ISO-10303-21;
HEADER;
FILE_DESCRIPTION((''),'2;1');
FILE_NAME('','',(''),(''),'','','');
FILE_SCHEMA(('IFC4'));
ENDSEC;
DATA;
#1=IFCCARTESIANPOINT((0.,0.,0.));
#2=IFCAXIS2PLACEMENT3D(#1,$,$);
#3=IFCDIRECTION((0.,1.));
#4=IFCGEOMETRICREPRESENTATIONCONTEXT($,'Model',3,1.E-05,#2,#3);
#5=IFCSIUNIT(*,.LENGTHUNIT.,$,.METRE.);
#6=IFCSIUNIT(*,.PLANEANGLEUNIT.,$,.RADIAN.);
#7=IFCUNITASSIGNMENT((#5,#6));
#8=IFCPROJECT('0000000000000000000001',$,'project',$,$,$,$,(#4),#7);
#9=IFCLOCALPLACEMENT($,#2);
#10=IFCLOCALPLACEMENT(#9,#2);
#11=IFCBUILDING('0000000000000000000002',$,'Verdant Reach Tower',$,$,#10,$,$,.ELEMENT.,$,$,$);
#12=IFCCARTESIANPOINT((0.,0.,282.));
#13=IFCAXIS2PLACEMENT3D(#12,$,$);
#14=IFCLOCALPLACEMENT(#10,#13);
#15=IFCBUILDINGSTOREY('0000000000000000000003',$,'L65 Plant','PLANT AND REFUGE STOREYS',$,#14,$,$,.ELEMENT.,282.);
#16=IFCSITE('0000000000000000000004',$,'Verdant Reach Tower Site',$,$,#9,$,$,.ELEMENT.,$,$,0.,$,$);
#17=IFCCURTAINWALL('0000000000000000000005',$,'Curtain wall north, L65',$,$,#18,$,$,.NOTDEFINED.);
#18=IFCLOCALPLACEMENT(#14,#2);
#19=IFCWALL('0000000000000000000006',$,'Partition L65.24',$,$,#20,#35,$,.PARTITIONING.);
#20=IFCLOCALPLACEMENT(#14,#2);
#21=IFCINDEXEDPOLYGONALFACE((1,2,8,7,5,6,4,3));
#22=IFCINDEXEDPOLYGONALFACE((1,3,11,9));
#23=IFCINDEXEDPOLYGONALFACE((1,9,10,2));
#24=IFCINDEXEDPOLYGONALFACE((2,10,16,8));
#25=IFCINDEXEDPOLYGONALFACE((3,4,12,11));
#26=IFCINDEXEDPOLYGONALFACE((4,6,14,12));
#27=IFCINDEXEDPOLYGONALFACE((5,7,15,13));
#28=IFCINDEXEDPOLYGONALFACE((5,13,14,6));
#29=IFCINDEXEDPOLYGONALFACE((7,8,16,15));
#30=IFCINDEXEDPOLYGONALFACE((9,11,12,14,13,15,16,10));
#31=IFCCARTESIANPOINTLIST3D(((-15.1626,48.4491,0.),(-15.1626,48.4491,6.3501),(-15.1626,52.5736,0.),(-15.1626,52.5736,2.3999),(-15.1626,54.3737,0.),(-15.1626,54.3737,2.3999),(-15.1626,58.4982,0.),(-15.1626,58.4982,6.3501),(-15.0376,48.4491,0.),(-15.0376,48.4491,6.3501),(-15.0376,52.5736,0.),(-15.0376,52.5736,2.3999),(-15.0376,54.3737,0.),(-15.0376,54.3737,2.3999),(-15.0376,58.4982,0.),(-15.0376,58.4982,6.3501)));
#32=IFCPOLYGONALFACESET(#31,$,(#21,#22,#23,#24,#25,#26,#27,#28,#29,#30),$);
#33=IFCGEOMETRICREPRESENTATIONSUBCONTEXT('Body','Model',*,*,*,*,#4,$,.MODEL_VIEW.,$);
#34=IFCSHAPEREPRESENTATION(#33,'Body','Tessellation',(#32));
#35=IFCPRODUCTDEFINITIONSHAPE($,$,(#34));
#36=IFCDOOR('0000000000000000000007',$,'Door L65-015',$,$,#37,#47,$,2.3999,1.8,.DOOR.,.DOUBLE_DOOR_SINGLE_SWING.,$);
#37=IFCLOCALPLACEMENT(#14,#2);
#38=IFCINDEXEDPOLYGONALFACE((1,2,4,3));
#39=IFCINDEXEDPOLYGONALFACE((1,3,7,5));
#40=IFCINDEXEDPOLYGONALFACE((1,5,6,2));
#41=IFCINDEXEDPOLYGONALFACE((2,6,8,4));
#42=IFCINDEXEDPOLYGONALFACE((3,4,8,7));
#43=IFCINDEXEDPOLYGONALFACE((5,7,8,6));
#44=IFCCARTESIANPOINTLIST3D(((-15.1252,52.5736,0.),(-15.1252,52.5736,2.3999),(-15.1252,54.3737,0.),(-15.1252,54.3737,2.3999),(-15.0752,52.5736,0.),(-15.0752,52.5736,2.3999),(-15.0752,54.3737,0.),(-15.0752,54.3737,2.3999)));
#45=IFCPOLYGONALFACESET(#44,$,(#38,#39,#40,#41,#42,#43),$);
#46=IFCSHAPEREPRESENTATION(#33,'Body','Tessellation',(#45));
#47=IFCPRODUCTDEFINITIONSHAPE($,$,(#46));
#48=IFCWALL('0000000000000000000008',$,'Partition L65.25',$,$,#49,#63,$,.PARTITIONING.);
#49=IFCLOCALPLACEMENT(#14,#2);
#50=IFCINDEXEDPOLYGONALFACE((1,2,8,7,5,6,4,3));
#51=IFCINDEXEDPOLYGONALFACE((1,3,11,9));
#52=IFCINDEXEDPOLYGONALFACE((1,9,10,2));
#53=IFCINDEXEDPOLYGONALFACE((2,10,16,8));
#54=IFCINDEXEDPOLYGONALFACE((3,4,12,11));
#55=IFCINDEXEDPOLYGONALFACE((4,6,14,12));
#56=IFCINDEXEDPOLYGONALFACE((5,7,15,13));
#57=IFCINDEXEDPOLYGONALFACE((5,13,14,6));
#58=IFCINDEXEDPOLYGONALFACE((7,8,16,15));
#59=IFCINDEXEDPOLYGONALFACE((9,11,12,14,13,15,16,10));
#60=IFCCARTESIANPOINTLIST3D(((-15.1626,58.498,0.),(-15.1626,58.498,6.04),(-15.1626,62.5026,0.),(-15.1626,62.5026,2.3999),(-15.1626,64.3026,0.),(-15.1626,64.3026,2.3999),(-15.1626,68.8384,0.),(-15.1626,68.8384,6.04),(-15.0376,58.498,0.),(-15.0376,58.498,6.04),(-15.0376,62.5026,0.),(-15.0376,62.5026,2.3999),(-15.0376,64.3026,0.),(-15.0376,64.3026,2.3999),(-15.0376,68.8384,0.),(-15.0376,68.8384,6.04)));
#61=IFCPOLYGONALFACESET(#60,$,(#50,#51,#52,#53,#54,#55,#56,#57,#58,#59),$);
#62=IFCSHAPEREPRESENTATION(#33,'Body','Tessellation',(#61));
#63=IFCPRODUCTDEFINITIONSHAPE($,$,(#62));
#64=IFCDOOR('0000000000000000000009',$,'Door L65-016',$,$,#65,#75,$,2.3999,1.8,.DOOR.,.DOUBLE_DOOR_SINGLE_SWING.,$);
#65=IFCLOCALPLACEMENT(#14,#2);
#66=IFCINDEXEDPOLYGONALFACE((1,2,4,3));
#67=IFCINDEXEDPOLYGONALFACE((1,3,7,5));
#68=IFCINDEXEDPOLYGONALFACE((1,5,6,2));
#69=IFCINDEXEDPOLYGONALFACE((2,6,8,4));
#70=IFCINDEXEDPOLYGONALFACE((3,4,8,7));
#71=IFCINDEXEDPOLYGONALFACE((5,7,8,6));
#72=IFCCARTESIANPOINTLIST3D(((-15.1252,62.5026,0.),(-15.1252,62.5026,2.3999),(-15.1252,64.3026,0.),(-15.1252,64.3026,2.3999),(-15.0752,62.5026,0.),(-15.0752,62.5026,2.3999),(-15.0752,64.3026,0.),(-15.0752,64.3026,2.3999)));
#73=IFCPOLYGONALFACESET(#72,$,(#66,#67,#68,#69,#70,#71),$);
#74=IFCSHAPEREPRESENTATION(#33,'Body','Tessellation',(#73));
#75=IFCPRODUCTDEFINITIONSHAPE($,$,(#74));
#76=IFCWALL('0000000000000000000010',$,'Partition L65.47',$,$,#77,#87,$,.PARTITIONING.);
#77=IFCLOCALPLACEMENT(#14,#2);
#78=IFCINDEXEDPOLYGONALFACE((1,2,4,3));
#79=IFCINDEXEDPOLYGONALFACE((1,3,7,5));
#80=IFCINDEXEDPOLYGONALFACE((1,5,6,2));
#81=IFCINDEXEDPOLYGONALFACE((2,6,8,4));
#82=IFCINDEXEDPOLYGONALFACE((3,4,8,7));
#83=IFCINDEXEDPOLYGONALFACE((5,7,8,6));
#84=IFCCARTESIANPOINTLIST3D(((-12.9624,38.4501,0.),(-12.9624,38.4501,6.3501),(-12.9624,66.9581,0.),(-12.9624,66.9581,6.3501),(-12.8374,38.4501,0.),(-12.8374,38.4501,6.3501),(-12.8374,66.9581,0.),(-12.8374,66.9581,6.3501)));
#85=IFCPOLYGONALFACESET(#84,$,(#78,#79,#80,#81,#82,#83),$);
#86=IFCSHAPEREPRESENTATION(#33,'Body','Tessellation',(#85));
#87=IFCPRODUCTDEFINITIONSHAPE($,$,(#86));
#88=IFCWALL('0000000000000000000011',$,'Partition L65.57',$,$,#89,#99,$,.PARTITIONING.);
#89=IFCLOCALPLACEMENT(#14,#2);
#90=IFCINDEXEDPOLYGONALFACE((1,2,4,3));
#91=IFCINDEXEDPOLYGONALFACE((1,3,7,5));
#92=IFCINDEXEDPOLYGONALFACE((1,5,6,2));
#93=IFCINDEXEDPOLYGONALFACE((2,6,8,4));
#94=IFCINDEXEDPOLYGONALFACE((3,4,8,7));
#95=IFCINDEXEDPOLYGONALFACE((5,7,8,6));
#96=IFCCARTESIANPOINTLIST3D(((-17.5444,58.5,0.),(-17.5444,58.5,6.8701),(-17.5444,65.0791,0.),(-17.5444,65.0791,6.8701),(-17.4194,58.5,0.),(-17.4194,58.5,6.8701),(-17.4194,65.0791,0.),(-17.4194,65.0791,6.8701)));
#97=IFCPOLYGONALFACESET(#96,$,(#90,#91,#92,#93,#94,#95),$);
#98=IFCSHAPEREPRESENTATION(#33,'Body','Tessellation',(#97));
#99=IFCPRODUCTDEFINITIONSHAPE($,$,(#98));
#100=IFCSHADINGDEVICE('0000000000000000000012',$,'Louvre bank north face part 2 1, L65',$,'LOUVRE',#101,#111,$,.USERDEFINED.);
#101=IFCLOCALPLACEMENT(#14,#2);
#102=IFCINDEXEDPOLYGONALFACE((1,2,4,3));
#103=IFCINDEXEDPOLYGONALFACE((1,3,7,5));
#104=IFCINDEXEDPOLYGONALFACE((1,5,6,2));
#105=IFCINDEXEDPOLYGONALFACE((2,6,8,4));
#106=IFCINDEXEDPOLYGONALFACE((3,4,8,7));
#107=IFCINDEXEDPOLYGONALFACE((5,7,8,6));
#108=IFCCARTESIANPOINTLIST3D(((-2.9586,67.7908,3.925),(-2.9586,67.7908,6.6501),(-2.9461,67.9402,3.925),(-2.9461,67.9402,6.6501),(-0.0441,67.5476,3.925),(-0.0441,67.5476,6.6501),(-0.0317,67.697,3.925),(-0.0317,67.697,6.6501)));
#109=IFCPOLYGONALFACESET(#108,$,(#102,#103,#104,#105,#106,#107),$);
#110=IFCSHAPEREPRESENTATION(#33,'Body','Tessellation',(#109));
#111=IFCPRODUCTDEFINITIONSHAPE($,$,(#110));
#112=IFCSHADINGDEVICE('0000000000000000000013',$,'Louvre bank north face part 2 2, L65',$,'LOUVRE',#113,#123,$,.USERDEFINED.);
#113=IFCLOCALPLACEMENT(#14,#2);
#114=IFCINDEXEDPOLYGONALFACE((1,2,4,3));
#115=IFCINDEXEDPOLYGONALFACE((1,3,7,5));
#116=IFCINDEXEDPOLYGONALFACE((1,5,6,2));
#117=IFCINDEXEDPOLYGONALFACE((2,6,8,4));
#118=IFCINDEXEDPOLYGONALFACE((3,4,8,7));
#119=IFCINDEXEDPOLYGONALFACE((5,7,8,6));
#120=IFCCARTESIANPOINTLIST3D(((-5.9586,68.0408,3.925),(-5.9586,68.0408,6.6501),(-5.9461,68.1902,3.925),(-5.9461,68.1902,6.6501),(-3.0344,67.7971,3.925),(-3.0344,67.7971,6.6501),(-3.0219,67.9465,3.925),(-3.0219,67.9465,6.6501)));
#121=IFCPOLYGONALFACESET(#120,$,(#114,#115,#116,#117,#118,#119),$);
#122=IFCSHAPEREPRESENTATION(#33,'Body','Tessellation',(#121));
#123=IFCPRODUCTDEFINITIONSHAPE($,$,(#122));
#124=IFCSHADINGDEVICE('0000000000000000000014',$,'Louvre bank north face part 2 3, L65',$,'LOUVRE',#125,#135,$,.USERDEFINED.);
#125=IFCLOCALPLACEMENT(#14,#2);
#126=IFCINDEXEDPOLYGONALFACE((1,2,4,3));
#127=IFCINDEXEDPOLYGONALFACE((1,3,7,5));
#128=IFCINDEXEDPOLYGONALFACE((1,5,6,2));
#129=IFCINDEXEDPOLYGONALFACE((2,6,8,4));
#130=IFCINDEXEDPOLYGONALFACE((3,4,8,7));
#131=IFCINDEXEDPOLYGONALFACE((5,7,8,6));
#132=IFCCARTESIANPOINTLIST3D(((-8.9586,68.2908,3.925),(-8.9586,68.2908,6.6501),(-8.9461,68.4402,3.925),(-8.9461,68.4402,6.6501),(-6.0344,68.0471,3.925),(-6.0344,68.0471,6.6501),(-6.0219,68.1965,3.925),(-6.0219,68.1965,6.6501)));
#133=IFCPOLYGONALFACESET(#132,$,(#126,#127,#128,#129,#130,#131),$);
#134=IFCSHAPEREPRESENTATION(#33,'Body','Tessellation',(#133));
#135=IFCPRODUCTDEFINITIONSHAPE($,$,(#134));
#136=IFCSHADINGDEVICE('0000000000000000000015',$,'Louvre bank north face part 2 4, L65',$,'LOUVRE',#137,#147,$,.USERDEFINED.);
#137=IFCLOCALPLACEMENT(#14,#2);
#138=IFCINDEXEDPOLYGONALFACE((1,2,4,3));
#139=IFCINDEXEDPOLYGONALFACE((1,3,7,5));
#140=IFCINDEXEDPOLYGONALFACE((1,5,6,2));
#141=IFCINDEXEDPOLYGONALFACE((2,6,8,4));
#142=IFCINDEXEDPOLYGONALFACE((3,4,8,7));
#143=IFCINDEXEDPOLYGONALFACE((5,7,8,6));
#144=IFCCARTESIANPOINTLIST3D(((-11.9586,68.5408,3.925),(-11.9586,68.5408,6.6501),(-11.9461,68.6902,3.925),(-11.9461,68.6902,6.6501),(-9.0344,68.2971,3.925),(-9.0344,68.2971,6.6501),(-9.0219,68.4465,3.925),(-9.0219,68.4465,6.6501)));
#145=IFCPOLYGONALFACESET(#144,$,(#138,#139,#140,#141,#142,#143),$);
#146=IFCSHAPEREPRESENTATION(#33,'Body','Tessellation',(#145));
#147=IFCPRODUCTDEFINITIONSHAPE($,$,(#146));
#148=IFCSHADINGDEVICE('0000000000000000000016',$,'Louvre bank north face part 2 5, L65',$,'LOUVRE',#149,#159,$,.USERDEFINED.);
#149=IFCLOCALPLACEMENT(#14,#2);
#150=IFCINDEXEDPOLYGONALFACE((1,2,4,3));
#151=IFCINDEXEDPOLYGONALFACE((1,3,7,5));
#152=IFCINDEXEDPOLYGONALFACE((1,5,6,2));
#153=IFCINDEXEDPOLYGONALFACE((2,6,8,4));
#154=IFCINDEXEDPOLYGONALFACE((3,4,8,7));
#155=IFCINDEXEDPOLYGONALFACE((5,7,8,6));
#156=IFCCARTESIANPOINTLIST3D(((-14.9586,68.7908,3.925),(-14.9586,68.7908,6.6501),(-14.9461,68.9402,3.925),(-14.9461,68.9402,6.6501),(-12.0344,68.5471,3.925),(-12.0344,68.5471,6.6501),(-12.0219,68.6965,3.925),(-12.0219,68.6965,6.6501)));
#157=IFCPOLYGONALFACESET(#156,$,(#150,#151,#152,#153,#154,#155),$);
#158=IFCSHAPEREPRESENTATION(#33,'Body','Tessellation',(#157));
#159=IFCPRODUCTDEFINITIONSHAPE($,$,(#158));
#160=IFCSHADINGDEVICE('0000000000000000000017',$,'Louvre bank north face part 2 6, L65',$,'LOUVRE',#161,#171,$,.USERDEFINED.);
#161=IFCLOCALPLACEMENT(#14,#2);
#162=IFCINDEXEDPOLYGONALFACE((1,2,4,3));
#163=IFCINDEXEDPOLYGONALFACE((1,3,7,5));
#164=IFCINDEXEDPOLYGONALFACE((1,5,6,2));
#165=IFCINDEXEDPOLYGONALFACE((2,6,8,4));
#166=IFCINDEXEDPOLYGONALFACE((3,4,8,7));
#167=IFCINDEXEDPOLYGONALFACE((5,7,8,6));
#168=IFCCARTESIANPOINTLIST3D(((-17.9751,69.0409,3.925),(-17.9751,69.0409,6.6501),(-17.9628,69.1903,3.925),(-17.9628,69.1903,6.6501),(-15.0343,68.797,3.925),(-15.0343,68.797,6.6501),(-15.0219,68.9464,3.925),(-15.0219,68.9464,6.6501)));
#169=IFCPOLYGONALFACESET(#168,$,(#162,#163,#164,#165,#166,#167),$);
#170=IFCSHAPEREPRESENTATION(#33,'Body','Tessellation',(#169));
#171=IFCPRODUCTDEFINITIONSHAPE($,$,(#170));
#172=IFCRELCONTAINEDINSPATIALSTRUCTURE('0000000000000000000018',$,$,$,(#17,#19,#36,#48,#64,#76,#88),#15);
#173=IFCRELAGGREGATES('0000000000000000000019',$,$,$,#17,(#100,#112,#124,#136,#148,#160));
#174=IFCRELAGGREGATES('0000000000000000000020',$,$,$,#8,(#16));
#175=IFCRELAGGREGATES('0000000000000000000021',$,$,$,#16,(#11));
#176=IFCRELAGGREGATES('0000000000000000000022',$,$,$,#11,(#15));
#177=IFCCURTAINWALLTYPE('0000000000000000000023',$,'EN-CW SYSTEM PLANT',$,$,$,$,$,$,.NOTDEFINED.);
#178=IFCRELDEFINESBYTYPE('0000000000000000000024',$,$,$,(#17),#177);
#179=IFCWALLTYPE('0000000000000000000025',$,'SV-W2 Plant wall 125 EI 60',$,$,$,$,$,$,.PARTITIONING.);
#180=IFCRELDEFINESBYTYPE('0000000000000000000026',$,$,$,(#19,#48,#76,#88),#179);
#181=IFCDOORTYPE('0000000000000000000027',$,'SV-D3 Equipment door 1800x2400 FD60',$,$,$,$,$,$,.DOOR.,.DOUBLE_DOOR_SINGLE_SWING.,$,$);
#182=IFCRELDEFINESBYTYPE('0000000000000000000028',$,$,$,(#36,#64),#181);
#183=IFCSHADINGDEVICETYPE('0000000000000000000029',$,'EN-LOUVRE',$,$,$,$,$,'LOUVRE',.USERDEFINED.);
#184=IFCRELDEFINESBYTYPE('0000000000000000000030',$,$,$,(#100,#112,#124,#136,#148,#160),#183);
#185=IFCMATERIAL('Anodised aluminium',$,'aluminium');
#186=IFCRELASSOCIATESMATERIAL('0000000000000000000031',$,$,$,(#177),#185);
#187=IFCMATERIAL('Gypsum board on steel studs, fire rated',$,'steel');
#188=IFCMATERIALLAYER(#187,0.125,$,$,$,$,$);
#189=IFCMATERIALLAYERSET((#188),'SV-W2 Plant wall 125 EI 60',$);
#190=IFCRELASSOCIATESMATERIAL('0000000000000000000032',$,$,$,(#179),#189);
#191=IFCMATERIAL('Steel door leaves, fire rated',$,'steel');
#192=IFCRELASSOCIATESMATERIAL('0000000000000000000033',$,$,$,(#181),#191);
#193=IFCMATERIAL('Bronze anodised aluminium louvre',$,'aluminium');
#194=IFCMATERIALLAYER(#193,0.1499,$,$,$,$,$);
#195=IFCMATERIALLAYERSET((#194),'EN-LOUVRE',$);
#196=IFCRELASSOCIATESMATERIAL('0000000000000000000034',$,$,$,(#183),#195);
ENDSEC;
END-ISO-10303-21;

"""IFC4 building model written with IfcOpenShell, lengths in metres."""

from ifc_helpers import new_model, si_unit, direction, frame, frame_2d, origin, origin_2d, place, context, subcontext, project, spatial, rectangle, extrude, material, layer, layer_set, type_object, element, fill, aggregate, save


model = new_model("IFC4")

# Units and contexts
model_context = context("Model", 3, precision=1e-05, world=origin(), true_north=direction((0.0, 1.0)))
body_context = subcontext(model_context, "Body", "Model", "MODEL_VIEW")
ifc_project = project(units=[si_unit("LENGTHUNIT", "METRE"), si_unit("PLANEANGLEUNIT", "RADIAN")], contexts=[model_context])

# Site, building, storey
site_placement = place(None, origin())
site = spatial("IfcSite", under=ifc_project, at=site_placement, Name="Verdant Reach Tower Site", CompositionType="ELEMENT", RefElevation=0.0)
building_placement = place(site_placement, origin())
building = spatial("IfcBuilding", under=site, at=building_placement, Name="Verdant Reach Tower", CompositionType="ELEMENT")
storey_placement = place(building_placement, frame((0.0, 0.0, 282.0)))
storey = spatial("IfcBuildingStorey", under=building, at=storey_placement, Name="L65 Plant", Description="PLANT AND REFUGE STOREYS", CompositionType="ELEMENT", Elevation=282.0)

# Curtain wall
ifc_material_1 = material(Name="Anodised aluminium", Category="aluminium")
curtain_wall_type = type_object("IfcCurtainWallType", Name="EN-CW SYSTEM PLANT", PredefinedType="NOTDEFINED", material=ifc_material_1)
curtain_wall_placement = place(storey_placement, origin())
curtain_wall = element("IfcCurtainWall", 1, at=curtain_wall_placement, inside=storey, type_object=curtain_wall_type, Name="Curtain wall north, L65", PredefinedType="NOTDEFINED")

# Walls, openings, doors
ifc_material_2 = material(Name="Gypsum board on steel studs, fire rated", Category="steel")
ifc_layer_1 = layer(ifc_material_2, 0.125)
ifc_layer_set_1 = layer_set([ifc_layer_1], Name="SV-W2 Plant wall 125 EI 60")
wall_type = type_object("IfcWallType", Name="SV-W2 Plant wall 125 EI 60", PredefinedType="PARTITIONING", material=ifc_layer_set_1)
wall_1_placement = place(storey_placement, frame((-15.1001, 58.498, 0.0), z_axis=(0.0, 0.0, 1.0), x_axis=(0.0, -1.0, 0.0)))
wall_1 = element("IfcWall", 2, at=wall_1_placement, inside=storey, type_object=wall_type, Name="Partition L65.24", PredefinedType="PARTITIONING", context=body_context, shape_type="SweptSolid", body=[
    extrude(rectangle(XDim=10.0491, YDim=0.125, at=frame_2d((5.0244, 0.0))), origin(), (0.0, 0.0, 1.0), 6.3501),
])
opening_1_placement = place(wall_1_placement, frame((4.1245, 0.0, 0.0)))
opening_1 = element("IfcOpeningElement", 3, at=opening_1_placement, cuts=wall_1, PredefinedType="OPENING", context=body_context, shape_type="SweptSolid", body=[
    extrude(rectangle(XDim=1.8, YDim=2.3999, at=frame_2d((0.8999, 1.2))), frame((0.0, 0.0725, 0.0), z_axis=(0.0, -1.0, 0.0), x_axis=(1.0, 0.0, 0.0)), (0.0, 0.0, 1.0), 0.145),
])
ifc_material_3 = material(Name="Steel door leaves, fire rated", Category="steel")
door_type = type_object("IfcDoorType", Name="SV-D3 Equipment door 1800x2400 FD60", OperationType="DOUBLE_DOOR_SINGLE_SWING", PredefinedType="DOOR", material=ifc_material_3)
door_1_placement = place(opening_1_placement, origin())
door_1 = element("IfcDoor", 4, at=door_1_placement, inside=storey, type_object=door_type, Name="Door L65-015", OperationType="DOUBLE_DOOR_SINGLE_SWING", OverallHeight=2.3999, OverallWidth=1.8, PredefinedType="DOOR", context=body_context, shape_type="SweptSolid", body=[
    extrude(rectangle(XDim=1.8, YDim=2.3999, at=frame_2d((0.8999, 1.2))), frame((0.0, 0.0249, 0.0), z_axis=(0.0, -1.0, 0.0), x_axis=(1.0, 0.0, 0.0)), (0.0, 0.0, 1.0), 0.05),
])
fill(opening_1, door_1)
wall_2_placement = place(storey_placement, frame((-15.1001, 68.8384, 0.0), z_axis=(0.0, 0.0, 1.0), x_axis=(0.0, -1.0, 0.0)))
wall_2 = element("IfcWall", 5, at=wall_2_placement, inside=storey, type_object=wall_type, Name="Partition L65.25", PredefinedType="PARTITIONING", context=body_context, shape_type="SweptSolid", body=[
    extrude(rectangle(XDim=10.3403, YDim=0.125, at=frame_2d((5.1702, 0.0))), origin(), (0.0, 0.0, 1.0), 6.04),
])
opening_2_placement = place(wall_2_placement, frame((4.5359, 0.0, 0.0)))
opening_2 = element("IfcOpeningElement", 6, at=opening_2_placement, cuts=wall_2, PredefinedType="OPENING", context=body_context, shape_type="SweptSolid", body=[
    extrude(rectangle(XDim=1.8, YDim=2.3999, at=frame_2d((0.8999, 1.2))), frame((0.0, 0.0725, 0.0), z_axis=(0.0, -1.0, 0.0), x_axis=(1.0, 0.0, 0.0)), (0.0, 0.0, 1.0), 0.145),
])
door_2_placement = place(opening_2_placement, origin())
door_2 = element("IfcDoor", 7, at=door_2_placement, inside=storey, type_object=door_type, Name="Door L65-016", OperationType="DOUBLE_DOOR_SINGLE_SWING", OverallHeight=2.3999, OverallWidth=1.8, PredefinedType="DOOR", context=body_context, shape_type="SweptSolid", body=[
    extrude(rectangle(XDim=1.8, YDim=2.3999, at=frame_2d((0.8999, 1.2))), frame((0.0, 0.0249, 0.0), z_axis=(0.0, -1.0, 0.0), x_axis=(1.0, 0.0, 0.0)), (0.0, 0.0, 1.0), 0.05),
])
fill(opening_2, door_2)

# Walls
wall_3_placement = place(storey_placement, frame((-12.8999, 66.958, 0.0), z_axis=(0.0, 0.0, 1.0), x_axis=(0.0, -1.0, 0.0)))
element("IfcWall", 8, at=wall_3_placement, inside=storey, type_object=wall_type, Name="Partition L65.47", PredefinedType="PARTITIONING", context=body_context, shape_type="SweptSolid", body=[
    extrude(rectangle(XDim=28.5081, YDim=0.125, at=frame_2d((14.2539, 0.0))), origin(), (0.0, 0.0, 1.0), 6.3501),
])
wall_4_placement = place(storey_placement, frame((-17.4819, 58.5, 0.0), z_axis=(0.0, 0.0, 1.0), x_axis=(0.0, 1.0, 0.0)))
element("IfcWall", 9, at=wall_4_placement, inside=storey, type_object=wall_type, Name="Partition L65.57", PredefinedType="PARTITIONING", context=body_context, shape_type="SweptSolid", body=[
    extrude(rectangle(XDim=6.5791, YDim=0.125, at=frame_2d((3.2896, 0.0))), origin(), (0.0, 0.0, 1.0), 6.8701),
])

# Shading devices
ifc_material_4 = material(Name="Bronze anodised aluminium louvre", Category="aluminium")
ifc_layer_2 = layer(ifc_material_4, 0.1499)
ifc_layer_set_2 = layer_set([ifc_layer_2], Name="EN-LOUVRE")
shading_device_type = type_object("IfcShadingDeviceType", Name="EN-LOUVRE", ElementType="LOUVRE", PredefinedType="USERDEFINED", material=ifc_layer_set_2)
shading_device_1_placement = place(storey_placement, frame((-1.4951, 67.7439, 3.925), z_axis=(0.0, 0.0, 1.0), x_axis=(-0.996534, 0.083182, 0.0)))
shading_device_1 = element("IfcShadingDevice", 10, at=shading_device_1_placement, type_object=shading_device_type, Name="Louvre bank north face part 2 1, L65", ObjectType="LOUVRE", PredefinedType="USERDEFINED", context=body_context, shape_type="SweptSolid", body=[
    extrude(rectangle(XDim=2.9246, YDim=0.1499, at=origin_2d()), origin(), (0.0, 0.0, 1.0), 2.7251),
])
shading_device_2_placement = place(storey_placement, frame((-4.4902, 67.9937, 3.925), z_axis=(0.0, 0.0, 1.0), x_axis=(-0.996546, 0.083045, 0.0)))
shading_device_2 = element("IfcShadingDevice", 11, at=shading_device_2_placement, type_object=shading_device_type, Name="Louvre bank north face part 2 2, L65", ObjectType="LOUVRE", PredefinedType="USERDEFINED", context=body_context, shape_type="SweptSolid", body=[
    extrude(rectangle(XDim=2.9343, YDim=0.1499, at=origin_2d()), origin(), (0.0, 0.0, 1.0), 2.7251),
])
shading_device_3_placement = place(storey_placement, frame((-7.4902, 68.2437, 3.925), z_axis=(0.0, 0.0, 1.0), x_axis=(-0.996546, 0.083045, 0.0)))
shading_device_3 = element("IfcShadingDevice", 12, at=shading_device_3_placement, type_object=shading_device_type, Name="Louvre bank north face part 2 3, L65", ObjectType="LOUVRE", PredefinedType="USERDEFINED", context=body_context, shape_type="SweptSolid", body=[
    extrude(rectangle(XDim=2.9343, YDim=0.1499, at=origin_2d()), origin(), (0.0, 0.0, 1.0), 2.7251),
])
shading_device_4_placement = place(storey_placement, frame((-10.4902, 68.4937, 3.925), z_axis=(0.0, 0.0, 1.0), x_axis=(-0.996546, 0.083045, 0.0)))
shading_device_4 = element("IfcShadingDevice", 13, at=shading_device_4_placement, type_object=shading_device_type, Name="Louvre bank north face part 2 4, L65", ObjectType="LOUVRE", PredefinedType="USERDEFINED", context=body_context, shape_type="SweptSolid", body=[
    extrude(rectangle(XDim=2.9343, YDim=0.1499, at=origin_2d()), origin(), (0.0, 0.0, 1.0), 2.7251),
])
shading_device_5_placement = place(storey_placement, frame((-13.4902, 68.7437, 3.925), z_axis=(0.0, 0.0, 1.0), x_axis=(-0.996546, 0.083045, 0.0)))
shading_device_5 = element("IfcShadingDevice", 14, at=shading_device_5_placement, type_object=shading_device_type, Name="Louvre bank north face part 2 5, L65", ObjectType="LOUVRE", PredefinedType="USERDEFINED", context=body_context, shape_type="SweptSolid", body=[
    extrude(rectangle(XDim=2.9343, YDim=0.1499, at=origin_2d()), origin(), (0.0, 0.0, 1.0), 2.7251),
])
shading_device_6_placement = place(storey_placement, frame((-16.4985, 68.9937, 3.925), z_axis=(0.0, 0.0, 1.0), x_axis=(-0.996578, 0.082664, 0.0)))
shading_device_6 = element("IfcShadingDevice", 15, at=shading_device_6_placement, type_object=shading_device_type, Name="Louvre bank north face part 2 6, L65", ObjectType="LOUVRE", PredefinedType="USERDEFINED", context=body_context, shape_type="SweptSolid", body=[
    extrude(rectangle(XDim=2.9509, YDim=0.1499, at=origin_2d()), origin(), (0.0, 0.0, 1.0), 2.7251),
])
aggregate(curtain_wall, [shading_device_1, shading_device_2, shading_device_3, shading_device_4, shading_device_5, shading_device_6])

save(model, "model.ifc")
